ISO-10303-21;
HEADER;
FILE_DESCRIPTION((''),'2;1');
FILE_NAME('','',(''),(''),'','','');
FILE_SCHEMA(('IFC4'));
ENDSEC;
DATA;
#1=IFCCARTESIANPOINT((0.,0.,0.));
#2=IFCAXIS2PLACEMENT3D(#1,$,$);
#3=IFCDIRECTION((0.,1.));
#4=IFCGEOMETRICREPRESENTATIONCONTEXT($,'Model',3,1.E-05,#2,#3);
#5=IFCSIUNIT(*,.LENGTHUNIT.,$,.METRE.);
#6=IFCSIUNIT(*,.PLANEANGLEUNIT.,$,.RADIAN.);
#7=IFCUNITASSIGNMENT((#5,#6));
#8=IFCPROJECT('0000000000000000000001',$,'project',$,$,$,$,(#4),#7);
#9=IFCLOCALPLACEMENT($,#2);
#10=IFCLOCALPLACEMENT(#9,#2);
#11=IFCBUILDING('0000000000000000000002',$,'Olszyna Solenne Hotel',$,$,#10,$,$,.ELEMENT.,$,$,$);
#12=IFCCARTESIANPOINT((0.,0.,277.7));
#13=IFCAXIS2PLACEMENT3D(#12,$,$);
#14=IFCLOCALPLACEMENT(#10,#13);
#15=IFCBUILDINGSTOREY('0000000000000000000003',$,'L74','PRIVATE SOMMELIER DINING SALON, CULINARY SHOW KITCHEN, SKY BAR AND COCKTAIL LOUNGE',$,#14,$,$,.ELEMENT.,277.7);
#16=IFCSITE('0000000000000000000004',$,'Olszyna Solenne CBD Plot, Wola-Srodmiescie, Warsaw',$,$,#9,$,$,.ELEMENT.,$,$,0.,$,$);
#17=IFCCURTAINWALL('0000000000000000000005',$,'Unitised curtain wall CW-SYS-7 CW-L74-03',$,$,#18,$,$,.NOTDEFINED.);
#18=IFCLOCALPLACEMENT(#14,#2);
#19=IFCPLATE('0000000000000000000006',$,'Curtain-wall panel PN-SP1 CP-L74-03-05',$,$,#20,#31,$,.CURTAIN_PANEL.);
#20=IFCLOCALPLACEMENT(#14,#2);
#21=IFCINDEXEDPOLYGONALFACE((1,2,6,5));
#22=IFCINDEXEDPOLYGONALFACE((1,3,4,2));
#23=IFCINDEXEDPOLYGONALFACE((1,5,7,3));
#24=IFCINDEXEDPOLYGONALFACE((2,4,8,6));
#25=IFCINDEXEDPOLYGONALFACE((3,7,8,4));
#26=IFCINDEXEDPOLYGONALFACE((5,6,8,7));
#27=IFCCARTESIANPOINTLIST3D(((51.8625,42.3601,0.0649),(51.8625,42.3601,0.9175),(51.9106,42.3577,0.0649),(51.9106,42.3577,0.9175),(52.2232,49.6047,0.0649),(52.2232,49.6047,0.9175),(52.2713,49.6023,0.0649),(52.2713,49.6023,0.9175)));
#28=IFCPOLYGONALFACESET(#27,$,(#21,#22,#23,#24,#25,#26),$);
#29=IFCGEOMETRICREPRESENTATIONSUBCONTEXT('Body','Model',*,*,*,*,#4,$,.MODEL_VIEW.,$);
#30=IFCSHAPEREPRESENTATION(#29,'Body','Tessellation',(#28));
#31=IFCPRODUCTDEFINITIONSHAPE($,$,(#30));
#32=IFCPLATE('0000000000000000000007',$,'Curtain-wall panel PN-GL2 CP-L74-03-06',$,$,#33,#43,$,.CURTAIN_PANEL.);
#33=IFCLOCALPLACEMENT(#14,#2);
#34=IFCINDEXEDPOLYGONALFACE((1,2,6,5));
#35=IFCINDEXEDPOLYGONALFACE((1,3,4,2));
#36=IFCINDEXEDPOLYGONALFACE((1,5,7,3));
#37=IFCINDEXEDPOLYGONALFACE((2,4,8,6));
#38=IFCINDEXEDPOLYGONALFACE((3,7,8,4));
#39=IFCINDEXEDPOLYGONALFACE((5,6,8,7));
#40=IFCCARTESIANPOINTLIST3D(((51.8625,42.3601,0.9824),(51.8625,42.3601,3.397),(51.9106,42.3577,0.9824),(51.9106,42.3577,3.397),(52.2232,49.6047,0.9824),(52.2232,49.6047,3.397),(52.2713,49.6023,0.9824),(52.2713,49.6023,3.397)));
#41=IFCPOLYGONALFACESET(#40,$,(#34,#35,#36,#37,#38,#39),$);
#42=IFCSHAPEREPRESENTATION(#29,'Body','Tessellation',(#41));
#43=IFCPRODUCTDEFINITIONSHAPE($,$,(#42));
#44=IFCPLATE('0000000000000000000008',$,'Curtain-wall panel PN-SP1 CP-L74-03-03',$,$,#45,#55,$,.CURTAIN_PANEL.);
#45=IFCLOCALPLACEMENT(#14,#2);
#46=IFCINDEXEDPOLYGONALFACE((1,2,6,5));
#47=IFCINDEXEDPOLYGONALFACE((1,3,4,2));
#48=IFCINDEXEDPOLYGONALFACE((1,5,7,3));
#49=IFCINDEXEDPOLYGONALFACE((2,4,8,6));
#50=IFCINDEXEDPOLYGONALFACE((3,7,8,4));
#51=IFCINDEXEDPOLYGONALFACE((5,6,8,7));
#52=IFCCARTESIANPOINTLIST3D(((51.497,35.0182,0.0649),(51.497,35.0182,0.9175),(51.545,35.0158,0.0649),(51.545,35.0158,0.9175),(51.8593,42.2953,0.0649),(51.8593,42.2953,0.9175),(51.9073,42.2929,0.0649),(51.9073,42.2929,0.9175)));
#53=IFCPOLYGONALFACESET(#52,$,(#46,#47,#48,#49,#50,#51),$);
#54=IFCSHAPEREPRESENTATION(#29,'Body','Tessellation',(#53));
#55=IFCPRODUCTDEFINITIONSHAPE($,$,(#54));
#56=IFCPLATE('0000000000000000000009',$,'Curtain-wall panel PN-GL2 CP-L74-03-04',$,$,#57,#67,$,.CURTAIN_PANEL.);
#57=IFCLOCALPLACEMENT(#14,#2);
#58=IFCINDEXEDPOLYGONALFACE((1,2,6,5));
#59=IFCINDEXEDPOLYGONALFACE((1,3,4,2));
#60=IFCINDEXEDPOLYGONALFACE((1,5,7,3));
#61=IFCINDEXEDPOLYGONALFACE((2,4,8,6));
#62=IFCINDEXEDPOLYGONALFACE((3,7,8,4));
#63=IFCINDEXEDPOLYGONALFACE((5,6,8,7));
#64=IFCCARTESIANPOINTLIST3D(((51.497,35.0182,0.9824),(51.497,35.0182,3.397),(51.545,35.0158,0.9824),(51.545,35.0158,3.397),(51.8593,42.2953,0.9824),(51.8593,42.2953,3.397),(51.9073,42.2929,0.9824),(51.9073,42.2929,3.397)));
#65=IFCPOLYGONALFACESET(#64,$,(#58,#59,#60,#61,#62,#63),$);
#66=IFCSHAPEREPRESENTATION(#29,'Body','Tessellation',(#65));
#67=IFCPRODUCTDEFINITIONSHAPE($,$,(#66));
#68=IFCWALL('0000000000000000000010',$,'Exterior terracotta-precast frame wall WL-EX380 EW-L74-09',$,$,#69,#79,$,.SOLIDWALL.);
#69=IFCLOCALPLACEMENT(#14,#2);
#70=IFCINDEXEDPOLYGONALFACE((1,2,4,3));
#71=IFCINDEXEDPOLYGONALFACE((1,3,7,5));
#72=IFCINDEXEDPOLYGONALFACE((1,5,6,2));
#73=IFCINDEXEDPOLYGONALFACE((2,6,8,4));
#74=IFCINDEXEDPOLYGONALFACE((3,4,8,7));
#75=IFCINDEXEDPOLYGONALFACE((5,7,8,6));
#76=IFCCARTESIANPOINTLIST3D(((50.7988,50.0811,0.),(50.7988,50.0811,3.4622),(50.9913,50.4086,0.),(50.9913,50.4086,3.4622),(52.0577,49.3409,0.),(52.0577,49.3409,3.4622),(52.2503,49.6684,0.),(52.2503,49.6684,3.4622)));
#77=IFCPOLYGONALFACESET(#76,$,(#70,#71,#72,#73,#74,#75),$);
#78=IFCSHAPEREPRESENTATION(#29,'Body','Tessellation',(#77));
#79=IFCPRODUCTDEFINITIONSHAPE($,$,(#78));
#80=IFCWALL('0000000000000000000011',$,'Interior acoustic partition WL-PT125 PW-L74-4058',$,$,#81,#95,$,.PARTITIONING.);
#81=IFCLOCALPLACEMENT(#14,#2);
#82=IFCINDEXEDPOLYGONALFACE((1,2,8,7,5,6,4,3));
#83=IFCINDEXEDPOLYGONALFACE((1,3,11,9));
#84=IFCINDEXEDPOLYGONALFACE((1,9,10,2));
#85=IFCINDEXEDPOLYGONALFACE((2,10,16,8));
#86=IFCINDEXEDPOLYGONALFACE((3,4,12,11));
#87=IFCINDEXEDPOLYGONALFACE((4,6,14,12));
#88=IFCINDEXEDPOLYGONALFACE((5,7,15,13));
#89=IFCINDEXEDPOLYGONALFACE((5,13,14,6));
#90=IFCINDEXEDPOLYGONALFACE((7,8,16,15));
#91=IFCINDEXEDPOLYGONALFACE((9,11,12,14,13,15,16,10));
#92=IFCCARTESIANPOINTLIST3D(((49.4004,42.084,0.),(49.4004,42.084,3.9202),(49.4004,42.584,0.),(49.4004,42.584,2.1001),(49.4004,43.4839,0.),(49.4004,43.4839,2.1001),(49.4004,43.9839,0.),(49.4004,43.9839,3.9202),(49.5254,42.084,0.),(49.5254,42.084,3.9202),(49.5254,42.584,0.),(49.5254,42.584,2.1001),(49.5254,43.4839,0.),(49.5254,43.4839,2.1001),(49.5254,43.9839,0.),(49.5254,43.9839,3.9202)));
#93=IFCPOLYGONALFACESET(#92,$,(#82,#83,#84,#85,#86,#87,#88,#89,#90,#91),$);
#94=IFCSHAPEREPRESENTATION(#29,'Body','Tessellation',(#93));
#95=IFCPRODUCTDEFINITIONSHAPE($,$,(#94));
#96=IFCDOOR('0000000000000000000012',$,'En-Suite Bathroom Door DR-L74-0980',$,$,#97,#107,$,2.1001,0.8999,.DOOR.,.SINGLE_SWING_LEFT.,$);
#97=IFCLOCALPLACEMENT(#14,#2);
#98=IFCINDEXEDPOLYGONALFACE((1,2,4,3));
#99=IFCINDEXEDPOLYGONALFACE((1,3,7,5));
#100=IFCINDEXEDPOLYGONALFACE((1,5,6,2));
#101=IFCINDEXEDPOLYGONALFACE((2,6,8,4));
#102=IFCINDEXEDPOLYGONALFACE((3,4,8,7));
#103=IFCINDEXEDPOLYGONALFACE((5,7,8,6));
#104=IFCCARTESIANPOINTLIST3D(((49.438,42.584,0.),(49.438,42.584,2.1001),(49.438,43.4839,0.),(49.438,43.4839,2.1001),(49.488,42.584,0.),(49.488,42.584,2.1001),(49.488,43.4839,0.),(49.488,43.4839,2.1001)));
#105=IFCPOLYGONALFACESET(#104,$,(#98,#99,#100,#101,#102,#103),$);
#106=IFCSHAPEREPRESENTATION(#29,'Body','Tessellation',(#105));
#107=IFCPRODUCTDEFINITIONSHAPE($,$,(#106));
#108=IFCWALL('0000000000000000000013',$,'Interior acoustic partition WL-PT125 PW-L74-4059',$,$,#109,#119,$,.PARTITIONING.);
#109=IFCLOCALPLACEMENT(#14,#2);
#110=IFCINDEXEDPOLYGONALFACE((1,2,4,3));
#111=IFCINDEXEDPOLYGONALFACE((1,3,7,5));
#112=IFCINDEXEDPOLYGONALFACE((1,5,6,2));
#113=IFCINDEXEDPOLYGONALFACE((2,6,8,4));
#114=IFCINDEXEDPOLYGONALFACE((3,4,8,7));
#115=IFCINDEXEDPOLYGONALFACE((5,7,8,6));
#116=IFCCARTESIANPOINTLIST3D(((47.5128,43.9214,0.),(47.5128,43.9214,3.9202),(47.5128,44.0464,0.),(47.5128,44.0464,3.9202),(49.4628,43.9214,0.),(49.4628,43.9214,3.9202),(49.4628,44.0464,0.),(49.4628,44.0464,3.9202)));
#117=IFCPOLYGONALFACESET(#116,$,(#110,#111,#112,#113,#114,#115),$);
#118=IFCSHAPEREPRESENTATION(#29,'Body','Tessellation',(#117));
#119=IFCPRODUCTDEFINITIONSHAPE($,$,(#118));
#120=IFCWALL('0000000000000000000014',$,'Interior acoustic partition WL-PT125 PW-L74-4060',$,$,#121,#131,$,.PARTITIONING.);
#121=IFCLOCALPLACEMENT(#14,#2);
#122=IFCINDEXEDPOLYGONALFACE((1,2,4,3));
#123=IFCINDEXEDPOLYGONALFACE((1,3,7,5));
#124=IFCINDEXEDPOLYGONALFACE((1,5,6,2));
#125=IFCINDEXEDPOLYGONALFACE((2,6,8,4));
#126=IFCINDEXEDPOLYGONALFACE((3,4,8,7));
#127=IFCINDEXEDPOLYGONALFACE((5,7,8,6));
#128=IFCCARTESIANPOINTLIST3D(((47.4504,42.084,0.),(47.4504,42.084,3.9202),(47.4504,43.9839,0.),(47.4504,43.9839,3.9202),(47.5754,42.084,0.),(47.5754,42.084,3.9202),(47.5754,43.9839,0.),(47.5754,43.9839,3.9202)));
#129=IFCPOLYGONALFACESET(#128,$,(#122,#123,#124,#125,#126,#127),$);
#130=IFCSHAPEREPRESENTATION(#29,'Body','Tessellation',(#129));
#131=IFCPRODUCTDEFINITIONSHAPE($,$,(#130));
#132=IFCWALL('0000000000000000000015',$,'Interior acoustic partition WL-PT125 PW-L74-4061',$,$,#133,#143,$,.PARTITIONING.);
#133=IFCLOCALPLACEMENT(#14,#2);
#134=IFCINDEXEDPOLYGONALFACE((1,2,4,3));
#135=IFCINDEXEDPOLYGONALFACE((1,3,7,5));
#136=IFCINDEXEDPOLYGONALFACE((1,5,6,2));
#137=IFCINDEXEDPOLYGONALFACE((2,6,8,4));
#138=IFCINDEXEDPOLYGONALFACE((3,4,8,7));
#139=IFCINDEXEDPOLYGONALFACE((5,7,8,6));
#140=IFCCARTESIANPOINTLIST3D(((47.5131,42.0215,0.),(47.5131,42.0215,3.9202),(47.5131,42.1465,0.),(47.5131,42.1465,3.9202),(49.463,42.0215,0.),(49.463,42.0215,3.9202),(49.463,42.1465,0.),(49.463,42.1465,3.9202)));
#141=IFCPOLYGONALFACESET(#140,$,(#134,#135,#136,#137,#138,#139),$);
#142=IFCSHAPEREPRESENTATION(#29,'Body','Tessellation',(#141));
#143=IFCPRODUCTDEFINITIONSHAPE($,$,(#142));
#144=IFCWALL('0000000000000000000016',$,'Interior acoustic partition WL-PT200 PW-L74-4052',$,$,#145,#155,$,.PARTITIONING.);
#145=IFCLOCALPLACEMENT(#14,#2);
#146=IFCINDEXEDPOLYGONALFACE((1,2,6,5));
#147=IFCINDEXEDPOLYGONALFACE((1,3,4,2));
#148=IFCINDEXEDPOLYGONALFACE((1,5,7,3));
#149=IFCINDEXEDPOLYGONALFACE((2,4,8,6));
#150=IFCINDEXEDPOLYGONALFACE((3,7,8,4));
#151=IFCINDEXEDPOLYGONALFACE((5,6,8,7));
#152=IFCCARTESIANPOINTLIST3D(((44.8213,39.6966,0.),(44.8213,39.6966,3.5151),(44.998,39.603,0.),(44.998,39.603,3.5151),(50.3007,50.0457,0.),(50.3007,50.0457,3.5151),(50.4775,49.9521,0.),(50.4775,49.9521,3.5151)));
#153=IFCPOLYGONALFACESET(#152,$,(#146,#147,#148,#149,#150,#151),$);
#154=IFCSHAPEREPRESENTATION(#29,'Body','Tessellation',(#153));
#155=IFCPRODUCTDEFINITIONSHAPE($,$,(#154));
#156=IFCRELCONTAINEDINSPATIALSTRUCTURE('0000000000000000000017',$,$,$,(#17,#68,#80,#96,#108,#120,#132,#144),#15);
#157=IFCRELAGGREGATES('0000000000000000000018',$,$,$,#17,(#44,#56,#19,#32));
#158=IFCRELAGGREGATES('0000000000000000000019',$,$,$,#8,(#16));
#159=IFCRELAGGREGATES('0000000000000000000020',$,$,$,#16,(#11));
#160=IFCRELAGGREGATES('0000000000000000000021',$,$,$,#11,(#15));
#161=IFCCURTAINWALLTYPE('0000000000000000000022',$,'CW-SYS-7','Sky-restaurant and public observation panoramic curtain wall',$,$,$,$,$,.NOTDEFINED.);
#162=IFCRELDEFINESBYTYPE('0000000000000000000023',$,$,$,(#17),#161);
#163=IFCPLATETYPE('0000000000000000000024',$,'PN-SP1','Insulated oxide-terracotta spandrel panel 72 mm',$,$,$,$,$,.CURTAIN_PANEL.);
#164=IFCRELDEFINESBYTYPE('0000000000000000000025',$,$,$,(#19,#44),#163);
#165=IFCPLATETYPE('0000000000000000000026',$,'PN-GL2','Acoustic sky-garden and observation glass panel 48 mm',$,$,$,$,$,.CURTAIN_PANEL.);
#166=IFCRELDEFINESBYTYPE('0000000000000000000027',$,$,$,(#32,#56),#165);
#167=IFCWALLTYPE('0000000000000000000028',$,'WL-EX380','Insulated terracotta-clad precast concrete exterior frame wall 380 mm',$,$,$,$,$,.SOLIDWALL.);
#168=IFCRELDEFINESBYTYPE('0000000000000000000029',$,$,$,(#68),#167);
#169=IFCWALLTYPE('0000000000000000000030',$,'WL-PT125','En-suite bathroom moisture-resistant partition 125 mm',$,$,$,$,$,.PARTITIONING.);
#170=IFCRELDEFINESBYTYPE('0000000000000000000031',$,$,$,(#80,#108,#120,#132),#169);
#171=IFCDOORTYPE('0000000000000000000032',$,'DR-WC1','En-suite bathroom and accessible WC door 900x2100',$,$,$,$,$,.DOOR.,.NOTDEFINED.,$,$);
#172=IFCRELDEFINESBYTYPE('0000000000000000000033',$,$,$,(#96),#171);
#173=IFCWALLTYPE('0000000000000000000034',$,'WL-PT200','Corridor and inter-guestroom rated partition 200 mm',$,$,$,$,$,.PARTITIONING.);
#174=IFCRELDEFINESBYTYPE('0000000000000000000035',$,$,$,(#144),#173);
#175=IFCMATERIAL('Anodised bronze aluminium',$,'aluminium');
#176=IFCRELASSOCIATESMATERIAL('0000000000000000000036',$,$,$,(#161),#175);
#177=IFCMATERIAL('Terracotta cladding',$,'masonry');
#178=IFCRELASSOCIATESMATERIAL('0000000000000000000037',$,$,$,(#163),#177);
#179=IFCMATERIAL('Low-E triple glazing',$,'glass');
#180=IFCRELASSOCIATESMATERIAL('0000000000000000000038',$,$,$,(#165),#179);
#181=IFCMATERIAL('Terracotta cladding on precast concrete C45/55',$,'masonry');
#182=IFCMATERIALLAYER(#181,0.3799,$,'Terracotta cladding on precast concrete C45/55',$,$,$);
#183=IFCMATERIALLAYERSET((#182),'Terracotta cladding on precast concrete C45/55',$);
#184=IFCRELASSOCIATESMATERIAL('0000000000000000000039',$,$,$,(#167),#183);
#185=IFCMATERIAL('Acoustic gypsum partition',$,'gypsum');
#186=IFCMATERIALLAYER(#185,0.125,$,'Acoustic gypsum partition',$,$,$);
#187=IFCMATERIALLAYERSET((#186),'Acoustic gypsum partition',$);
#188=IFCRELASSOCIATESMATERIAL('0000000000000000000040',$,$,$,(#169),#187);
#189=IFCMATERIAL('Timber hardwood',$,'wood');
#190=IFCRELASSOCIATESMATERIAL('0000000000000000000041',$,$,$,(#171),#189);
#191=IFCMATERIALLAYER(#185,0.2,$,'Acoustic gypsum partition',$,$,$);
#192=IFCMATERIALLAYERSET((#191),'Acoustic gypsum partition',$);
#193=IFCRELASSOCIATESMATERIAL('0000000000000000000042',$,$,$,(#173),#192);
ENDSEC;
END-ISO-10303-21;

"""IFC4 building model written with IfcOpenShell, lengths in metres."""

from ifc_helpers import new_model, si_unit, direction, frame, frame_2d, origin, origin_2d, place, context, subcontext, project, spatial, rectangle, extrude, source, transform, mapped, material, layer, layer_set, type_object, type_shapes, element, fill, aggregate, save


model = new_model("IFC4")

# Units and contexts
model_context = context("Model", 3, precision=1e-05, world=origin(), true_north=direction((0.0, 1.0)))
body_context = subcontext(model_context, "Body", "Model", "MODEL_VIEW")
ifc_project = project(units=[si_unit("LENGTHUNIT", "METRE"), si_unit("PLANEANGLEUNIT", "RADIAN")], contexts=[model_context])

# Site, building, storey
site_placement = place(None, origin())
site = spatial("IfcSite", under=ifc_project, at=site_placement, Name="Olszyna Solenne CBD Plot, Wola-Srodmiescie, Warsaw", CompositionType="ELEMENT", RefElevation=0.0)
building_placement = place(site_placement, origin())
building = spatial("IfcBuilding", under=site, at=building_placement, Name="Olszyna Solenne Hotel", CompositionType="ELEMENT")
storey_placement = place(building_placement, frame((0.0, 0.0, 277.7)))
storey = spatial("IfcBuildingStorey", under=building, at=storey_placement, Name="L74", Description="PRIVATE SOMMELIER DINING SALON, CULINARY SHOW KITCHEN, SKY BAR AND COCKTAIL LOUNGE", CompositionType="ELEMENT", Elevation=277.7)

# Curtain wall
ifc_material_1 = material(Name="Anodised bronze aluminium", Category="aluminium")
curtain_wall_type = type_object("IfcCurtainWallType", Name="CW-SYS-7", Description="Sky-restaurant and public observation panoramic curtain wall", PredefinedType="NOTDEFINED", material=ifc_material_1)
curtain_wall_placement = place(storey_placement, origin())
curtain_wall = element("IfcCurtainWall", 1, at=curtain_wall_placement, inside=storey, type_object=curtain_wall_type, Name="Unitised curtain wall CW-SYS-7 CW-L74-03", PredefinedType="NOTDEFINED")

# Plates
ifc_material_2 = material(Name="Terracotta cladding", Category="masonry")
plate_type_1 = type_object("IfcPlateType", Name="PN-SP1", Description="Insulated oxide-terracotta spandrel panel 72 mm", PredefinedType="CURTAIN_PANEL", material=ifc_material_2)
shared_shape_1 = source(origin(), body_context, "Body", "SweptSolid", [
    extrude(rectangle(XDim=7.2537, YDim=0.0481, at=origin_2d()), origin(), (0.0, 0.0, 1.0), 0.8525),
])
plate_1_placement = place(storey_placement, frame((52.0669, 45.9812, 0.0649), z_axis=(0.0, 0.0, 1.0), x_axis=(0.049729, 0.998763, 0.0)))
plate_1 = element("IfcPlate", 2, at=plate_1_placement, type_object=plate_type_1, Name="Curtain-wall panel PN-SP1 CP-L74-03-05", PredefinedType="CURTAIN_PANEL", context=body_context, shape_type="MappedRepresentation", body=[
    mapped(shared_shape_1, transform((0.0, 0.0, 0.0), x_axis=(1.0, 0.0, 0.0), y_axis=(0.0, 1.0, 0.0), z_axis=(0.0, 0.0, 1.0), scale=1.0)),
])
ifc_material_3 = material(Name="Low-E triple glazing", Category="glass")
plate_type_2 = type_object("IfcPlateType", Name="PN-GL2", Description="Acoustic sky-garden and observation glass panel 48 mm", PredefinedType="CURTAIN_PANEL", material=ifc_material_3)
shared_shape_2 = source(origin(), body_context, "Body", "SweptSolid", [
    extrude(rectangle(XDim=7.2537, YDim=0.0481, at=origin_2d()), origin(), (0.0, 0.0, 1.0), 2.4146),
])
plate_2_placement = place(storey_placement, frame((52.0669, 45.9812, 0.9824), z_axis=(0.0, 0.0, 1.0), x_axis=(0.049729, 0.998763, 0.0)))
plate_2 = element("IfcPlate", 3, at=plate_2_placement, type_object=plate_type_2, Name="Curtain-wall panel PN-GL2 CP-L74-03-06", PredefinedType="CURTAIN_PANEL", context=body_context, shape_type="MappedRepresentation", body=[
    mapped(shared_shape_2, transform((0.0, 0.0, 0.0), x_axis=(1.0, 0.0, 0.0), y_axis=(0.0, 1.0, 0.0), z_axis=(0.0, 0.0, 1.0), scale=1.0)),
])
shared_shape_3 = source(origin(), body_context, "Body", "SweptSolid", [
    extrude(rectangle(XDim=7.2861, YDim=0.0481, at=origin_2d()), origin(), (0.0, 0.0, 1.0), 0.8525),
])
plate_3_placement = place(storey_placement, frame((51.7021, 38.6555, 0.0649), z_axis=(0.0, 0.0, 1.0), x_axis=(0.049729, 0.998763, 0.0)))
plate_3 = element("IfcPlate", 4, at=plate_3_placement, type_object=plate_type_1, Name="Curtain-wall panel PN-SP1 CP-L74-03-03", PredefinedType="CURTAIN_PANEL", context=body_context, shape_type="MappedRepresentation", body=[
    mapped(shared_shape_3, transform((0.0, 0.0, 0.0), x_axis=(1.0, 0.0, 0.0), y_axis=(0.0, 1.0, 0.0), z_axis=(0.0, 0.0, 1.0), scale=1.0)),
])
shared_shape_4 = source(origin(), body_context, "Body", "SweptSolid", [
    extrude(rectangle(XDim=7.2861, YDim=0.0481, at=origin_2d()), origin(), (0.0, 0.0, 1.0), 2.4146),
])
plate_4_placement = place(storey_placement, frame((51.7021, 38.6555, 0.9824), z_axis=(0.0, 0.0, 1.0), x_axis=(0.049729, 0.998763, 0.0)))
plate_4 = element("IfcPlate", 5, at=plate_4_placement, type_object=plate_type_2, Name="Curtain-wall panel PN-GL2 CP-L74-03-04", PredefinedType="CURTAIN_PANEL", context=body_context, shape_type="MappedRepresentation", body=[
    mapped(shared_shape_4, transform((0.0, 0.0, 0.0), x_axis=(1.0, 0.0, 0.0), y_axis=(0.0, 1.0, 0.0), z_axis=(0.0, 0.0, 1.0), scale=1.0)),
])
aggregate(curtain_wall, [plate_3, plate_4, plate_1, plate_2])

# Wall
ifc_material_4 = material(Name="Terracotta cladding on precast concrete C45/55", Category="masonry")
ifc_layer_1 = layer(ifc_material_4, 0.3799, Name="Terracotta cladding on precast concrete C45/55")
ifc_layer_set_1 = layer_set([ifc_layer_1], Name="Terracotta cladding on precast concrete C45/55")
wall_type_1 = type_object("IfcWallType", Name="WL-EX380", Description="Insulated terracotta-clad precast concrete exterior frame wall 380 mm", PredefinedType="SOLIDWALL", material=ifc_layer_set_1)
wall_1_placement = place(storey_placement, frame((50.895, 50.2449, 0.0), z_axis=(0.0, 0.0, 1.0), x_axis=(0.862046, -0.50683, 0.0)))
element("IfcWall", 6, at=wall_1_placement, inside=storey, type_object=wall_type_1, Name="Exterior terracotta-precast frame wall WL-EX380 EW-L74-09", PredefinedType="SOLIDWALL", context=body_context, shape_type="SweptSolid", body=[
    extrude(rectangle(XDim=1.4604, YDim=0.3799, at=frame_2d((0.7302, 0.0))), origin(), (0.0, 0.0, 1.0), 3.4622),
])

# Wall, opening, door
ifc_material_5 = material(Name="Acoustic gypsum partition", Category="gypsum")
ifc_layer_2 = layer(ifc_material_5, 0.125, Name="Acoustic gypsum partition")
ifc_layer_set_2 = layer_set([ifc_layer_2], Name="Acoustic gypsum partition")
wall_type_2 = type_object("IfcWallType", Name="WL-PT125", Description="En-suite bathroom moisture-resistant partition 125 mm", PredefinedType="PARTITIONING", material=ifc_layer_set_2)
wall_2_placement = place(storey_placement, frame((49.4629, 42.084, 0.0), z_axis=(0.0, 0.0, 1.0), x_axis=(0.0, 1.0, 0.0)))
wall_2 = element("IfcWall", 7, at=wall_2_placement, inside=storey, type_object=wall_type_2, Name="Interior acoustic partition WL-PT125 PW-L74-4058", PredefinedType="PARTITIONING", context=body_context, shape_type="SweptSolid", body=[
    extrude(rectangle(XDim=1.8999, YDim=0.125, at=frame_2d((0.95, 0.0))), origin(), (0.0, 0.0, 1.0), 3.9202),
])
opening_placement = place(wall_2_placement, frame((0.5, 0.0, 0.0)))
opening = element("IfcOpeningElement", 8, at=opening_placement, cuts=wall_2, PredefinedType="OPENING", context=body_context, shape_type="SweptSolid", body=[
    extrude(rectangle(XDim=0.8999, YDim=2.1001, at=frame_2d((0.45, 1.05))), frame((0.0, 0.0725, 0.0), z_axis=(0.0, -1.0, 0.0), x_axis=(1.0, 0.0, 0.0)), (0.0, 0.0, 1.0), 0.145),
])
ifc_material_6 = material(Name="Timber hardwood", Category="wood")
door_type = type_object("IfcDoorType", Name="DR-WC1", Description="En-suite bathroom and accessible WC door 900x2100", OperationType="NOTDEFINED", PredefinedType="DOOR", material=ifc_material_6)
shared_shape_5 = source(origin(), body_context, "Body", "SweptSolid", [
    extrude(rectangle(XDim=0.8999, YDim=2.1001, at=frame_2d((0.45, 1.05))), frame((0.0, 0.0249, 0.0), z_axis=(0.0, -1.0, 0.0), x_axis=(1.0, 0.0, 0.0)), (0.0, 0.0, 1.0), 0.05),
])
type_shapes(door_type, [shared_shape_5])
door_placement = place(opening_placement, origin())
door = element("IfcDoor", 9, at=door_placement, inside=storey, type_object=door_type, Name="En-Suite Bathroom Door DR-L74-0980", OperationType="SINGLE_SWING_LEFT", OverallHeight=2.1001, OverallWidth=0.8999, PredefinedType="DOOR", context=body_context, shape_type="MappedRepresentation", body=[
    mapped(shared_shape_5, transform((0.0, 0.0, 0.0), x_axis=(1.0, 0.0, 0.0), y_axis=(0.0, 1.0, 0.0), z_axis=(0.0, 0.0, 1.0), scale=1.0)),
])
fill(opening, door)

# Walls
wall_3_placement = place(storey_placement, frame((49.4629, 43.9839, 0.0), z_axis=(0.0, 0.0, 1.0), x_axis=(-1.0, 0.0, 0.0)))
element("IfcWall", 10, at=wall_3_placement, inside=storey, type_object=wall_type_2, Name="Interior acoustic partition WL-PT125 PW-L74-4059", PredefinedType="PARTITIONING", context=body_context, shape_type="SweptSolid", body=[
    extrude(rectangle(XDim=1.95, YDim=0.125, at=frame_2d((0.9751, 0.0))), origin(), (0.0, 0.0, 1.0), 3.9202),
])
wall_4_placement = place(storey_placement, frame((47.5129, 43.9839, 0.0), z_axis=(0.0, 0.0, 1.0), x_axis=(0.0, -1.0, 0.0)))
element("IfcWall", 11, at=wall_4_placement, inside=storey, type_object=wall_type_2, Name="Interior acoustic partition WL-PT125 PW-L74-4060", PredefinedType="PARTITIONING", context=body_context, shape_type="SweptSolid", body=[
    extrude(rectangle(XDim=1.8999, YDim=0.125, at=frame_2d((0.95, 0.0))), origin(), (0.0, 0.0, 1.0), 3.9202),
])
wall_5_placement = place(storey_placement, frame((47.5129, 42.084, 0.0), z_axis=(0.0, 0.0, 1.0), x_axis=(1.0, 0.0, 0.0)))
element("IfcWall", 12, at=wall_5_placement, inside=storey, type_object=wall_type_2, Name="Interior acoustic partition WL-PT125 PW-L74-4061", PredefinedType="PARTITIONING", context=body_context, shape_type="SweptSolid", body=[
    extrude(rectangle(XDim=1.95, YDim=0.125, at=frame_2d((0.9751, 0.0))), origin(), (0.0, 0.0, 1.0), 3.9202),
])
ifc_layer_3 = layer(ifc_material_5, 0.2, Name="Acoustic gypsum partition")
ifc_layer_set_3 = layer_set([ifc_layer_3], Name="Acoustic gypsum partition")
wall_type_3 = type_object("IfcWallType", Name="WL-PT200", Description="Corridor and inter-guestroom rated partition 200 mm", PredefinedType="PARTITIONING", material=ifc_layer_set_3)
wall_6_placement = place(storey_placement, frame((44.9097, 39.6499, 0.0), z_axis=(0.0, 0.0, 1.0), x_axis=(0.467924, 0.883769, 0.0)))
element("IfcWall", 13, at=wall_6_placement, inside=storey, type_object=wall_type_3, Name="Interior acoustic partition WL-PT200 PW-L74-4052", PredefinedType="PARTITIONING", context=body_context, shape_type="SweptSolid", body=[
    extrude(rectangle(XDim=11.7102, YDim=0.2, at=frame_2d((5.855, 0.0))), origin(), (0.0, 0.0, 1.0), 3.5151),
])

save(model, "model.ifc")
